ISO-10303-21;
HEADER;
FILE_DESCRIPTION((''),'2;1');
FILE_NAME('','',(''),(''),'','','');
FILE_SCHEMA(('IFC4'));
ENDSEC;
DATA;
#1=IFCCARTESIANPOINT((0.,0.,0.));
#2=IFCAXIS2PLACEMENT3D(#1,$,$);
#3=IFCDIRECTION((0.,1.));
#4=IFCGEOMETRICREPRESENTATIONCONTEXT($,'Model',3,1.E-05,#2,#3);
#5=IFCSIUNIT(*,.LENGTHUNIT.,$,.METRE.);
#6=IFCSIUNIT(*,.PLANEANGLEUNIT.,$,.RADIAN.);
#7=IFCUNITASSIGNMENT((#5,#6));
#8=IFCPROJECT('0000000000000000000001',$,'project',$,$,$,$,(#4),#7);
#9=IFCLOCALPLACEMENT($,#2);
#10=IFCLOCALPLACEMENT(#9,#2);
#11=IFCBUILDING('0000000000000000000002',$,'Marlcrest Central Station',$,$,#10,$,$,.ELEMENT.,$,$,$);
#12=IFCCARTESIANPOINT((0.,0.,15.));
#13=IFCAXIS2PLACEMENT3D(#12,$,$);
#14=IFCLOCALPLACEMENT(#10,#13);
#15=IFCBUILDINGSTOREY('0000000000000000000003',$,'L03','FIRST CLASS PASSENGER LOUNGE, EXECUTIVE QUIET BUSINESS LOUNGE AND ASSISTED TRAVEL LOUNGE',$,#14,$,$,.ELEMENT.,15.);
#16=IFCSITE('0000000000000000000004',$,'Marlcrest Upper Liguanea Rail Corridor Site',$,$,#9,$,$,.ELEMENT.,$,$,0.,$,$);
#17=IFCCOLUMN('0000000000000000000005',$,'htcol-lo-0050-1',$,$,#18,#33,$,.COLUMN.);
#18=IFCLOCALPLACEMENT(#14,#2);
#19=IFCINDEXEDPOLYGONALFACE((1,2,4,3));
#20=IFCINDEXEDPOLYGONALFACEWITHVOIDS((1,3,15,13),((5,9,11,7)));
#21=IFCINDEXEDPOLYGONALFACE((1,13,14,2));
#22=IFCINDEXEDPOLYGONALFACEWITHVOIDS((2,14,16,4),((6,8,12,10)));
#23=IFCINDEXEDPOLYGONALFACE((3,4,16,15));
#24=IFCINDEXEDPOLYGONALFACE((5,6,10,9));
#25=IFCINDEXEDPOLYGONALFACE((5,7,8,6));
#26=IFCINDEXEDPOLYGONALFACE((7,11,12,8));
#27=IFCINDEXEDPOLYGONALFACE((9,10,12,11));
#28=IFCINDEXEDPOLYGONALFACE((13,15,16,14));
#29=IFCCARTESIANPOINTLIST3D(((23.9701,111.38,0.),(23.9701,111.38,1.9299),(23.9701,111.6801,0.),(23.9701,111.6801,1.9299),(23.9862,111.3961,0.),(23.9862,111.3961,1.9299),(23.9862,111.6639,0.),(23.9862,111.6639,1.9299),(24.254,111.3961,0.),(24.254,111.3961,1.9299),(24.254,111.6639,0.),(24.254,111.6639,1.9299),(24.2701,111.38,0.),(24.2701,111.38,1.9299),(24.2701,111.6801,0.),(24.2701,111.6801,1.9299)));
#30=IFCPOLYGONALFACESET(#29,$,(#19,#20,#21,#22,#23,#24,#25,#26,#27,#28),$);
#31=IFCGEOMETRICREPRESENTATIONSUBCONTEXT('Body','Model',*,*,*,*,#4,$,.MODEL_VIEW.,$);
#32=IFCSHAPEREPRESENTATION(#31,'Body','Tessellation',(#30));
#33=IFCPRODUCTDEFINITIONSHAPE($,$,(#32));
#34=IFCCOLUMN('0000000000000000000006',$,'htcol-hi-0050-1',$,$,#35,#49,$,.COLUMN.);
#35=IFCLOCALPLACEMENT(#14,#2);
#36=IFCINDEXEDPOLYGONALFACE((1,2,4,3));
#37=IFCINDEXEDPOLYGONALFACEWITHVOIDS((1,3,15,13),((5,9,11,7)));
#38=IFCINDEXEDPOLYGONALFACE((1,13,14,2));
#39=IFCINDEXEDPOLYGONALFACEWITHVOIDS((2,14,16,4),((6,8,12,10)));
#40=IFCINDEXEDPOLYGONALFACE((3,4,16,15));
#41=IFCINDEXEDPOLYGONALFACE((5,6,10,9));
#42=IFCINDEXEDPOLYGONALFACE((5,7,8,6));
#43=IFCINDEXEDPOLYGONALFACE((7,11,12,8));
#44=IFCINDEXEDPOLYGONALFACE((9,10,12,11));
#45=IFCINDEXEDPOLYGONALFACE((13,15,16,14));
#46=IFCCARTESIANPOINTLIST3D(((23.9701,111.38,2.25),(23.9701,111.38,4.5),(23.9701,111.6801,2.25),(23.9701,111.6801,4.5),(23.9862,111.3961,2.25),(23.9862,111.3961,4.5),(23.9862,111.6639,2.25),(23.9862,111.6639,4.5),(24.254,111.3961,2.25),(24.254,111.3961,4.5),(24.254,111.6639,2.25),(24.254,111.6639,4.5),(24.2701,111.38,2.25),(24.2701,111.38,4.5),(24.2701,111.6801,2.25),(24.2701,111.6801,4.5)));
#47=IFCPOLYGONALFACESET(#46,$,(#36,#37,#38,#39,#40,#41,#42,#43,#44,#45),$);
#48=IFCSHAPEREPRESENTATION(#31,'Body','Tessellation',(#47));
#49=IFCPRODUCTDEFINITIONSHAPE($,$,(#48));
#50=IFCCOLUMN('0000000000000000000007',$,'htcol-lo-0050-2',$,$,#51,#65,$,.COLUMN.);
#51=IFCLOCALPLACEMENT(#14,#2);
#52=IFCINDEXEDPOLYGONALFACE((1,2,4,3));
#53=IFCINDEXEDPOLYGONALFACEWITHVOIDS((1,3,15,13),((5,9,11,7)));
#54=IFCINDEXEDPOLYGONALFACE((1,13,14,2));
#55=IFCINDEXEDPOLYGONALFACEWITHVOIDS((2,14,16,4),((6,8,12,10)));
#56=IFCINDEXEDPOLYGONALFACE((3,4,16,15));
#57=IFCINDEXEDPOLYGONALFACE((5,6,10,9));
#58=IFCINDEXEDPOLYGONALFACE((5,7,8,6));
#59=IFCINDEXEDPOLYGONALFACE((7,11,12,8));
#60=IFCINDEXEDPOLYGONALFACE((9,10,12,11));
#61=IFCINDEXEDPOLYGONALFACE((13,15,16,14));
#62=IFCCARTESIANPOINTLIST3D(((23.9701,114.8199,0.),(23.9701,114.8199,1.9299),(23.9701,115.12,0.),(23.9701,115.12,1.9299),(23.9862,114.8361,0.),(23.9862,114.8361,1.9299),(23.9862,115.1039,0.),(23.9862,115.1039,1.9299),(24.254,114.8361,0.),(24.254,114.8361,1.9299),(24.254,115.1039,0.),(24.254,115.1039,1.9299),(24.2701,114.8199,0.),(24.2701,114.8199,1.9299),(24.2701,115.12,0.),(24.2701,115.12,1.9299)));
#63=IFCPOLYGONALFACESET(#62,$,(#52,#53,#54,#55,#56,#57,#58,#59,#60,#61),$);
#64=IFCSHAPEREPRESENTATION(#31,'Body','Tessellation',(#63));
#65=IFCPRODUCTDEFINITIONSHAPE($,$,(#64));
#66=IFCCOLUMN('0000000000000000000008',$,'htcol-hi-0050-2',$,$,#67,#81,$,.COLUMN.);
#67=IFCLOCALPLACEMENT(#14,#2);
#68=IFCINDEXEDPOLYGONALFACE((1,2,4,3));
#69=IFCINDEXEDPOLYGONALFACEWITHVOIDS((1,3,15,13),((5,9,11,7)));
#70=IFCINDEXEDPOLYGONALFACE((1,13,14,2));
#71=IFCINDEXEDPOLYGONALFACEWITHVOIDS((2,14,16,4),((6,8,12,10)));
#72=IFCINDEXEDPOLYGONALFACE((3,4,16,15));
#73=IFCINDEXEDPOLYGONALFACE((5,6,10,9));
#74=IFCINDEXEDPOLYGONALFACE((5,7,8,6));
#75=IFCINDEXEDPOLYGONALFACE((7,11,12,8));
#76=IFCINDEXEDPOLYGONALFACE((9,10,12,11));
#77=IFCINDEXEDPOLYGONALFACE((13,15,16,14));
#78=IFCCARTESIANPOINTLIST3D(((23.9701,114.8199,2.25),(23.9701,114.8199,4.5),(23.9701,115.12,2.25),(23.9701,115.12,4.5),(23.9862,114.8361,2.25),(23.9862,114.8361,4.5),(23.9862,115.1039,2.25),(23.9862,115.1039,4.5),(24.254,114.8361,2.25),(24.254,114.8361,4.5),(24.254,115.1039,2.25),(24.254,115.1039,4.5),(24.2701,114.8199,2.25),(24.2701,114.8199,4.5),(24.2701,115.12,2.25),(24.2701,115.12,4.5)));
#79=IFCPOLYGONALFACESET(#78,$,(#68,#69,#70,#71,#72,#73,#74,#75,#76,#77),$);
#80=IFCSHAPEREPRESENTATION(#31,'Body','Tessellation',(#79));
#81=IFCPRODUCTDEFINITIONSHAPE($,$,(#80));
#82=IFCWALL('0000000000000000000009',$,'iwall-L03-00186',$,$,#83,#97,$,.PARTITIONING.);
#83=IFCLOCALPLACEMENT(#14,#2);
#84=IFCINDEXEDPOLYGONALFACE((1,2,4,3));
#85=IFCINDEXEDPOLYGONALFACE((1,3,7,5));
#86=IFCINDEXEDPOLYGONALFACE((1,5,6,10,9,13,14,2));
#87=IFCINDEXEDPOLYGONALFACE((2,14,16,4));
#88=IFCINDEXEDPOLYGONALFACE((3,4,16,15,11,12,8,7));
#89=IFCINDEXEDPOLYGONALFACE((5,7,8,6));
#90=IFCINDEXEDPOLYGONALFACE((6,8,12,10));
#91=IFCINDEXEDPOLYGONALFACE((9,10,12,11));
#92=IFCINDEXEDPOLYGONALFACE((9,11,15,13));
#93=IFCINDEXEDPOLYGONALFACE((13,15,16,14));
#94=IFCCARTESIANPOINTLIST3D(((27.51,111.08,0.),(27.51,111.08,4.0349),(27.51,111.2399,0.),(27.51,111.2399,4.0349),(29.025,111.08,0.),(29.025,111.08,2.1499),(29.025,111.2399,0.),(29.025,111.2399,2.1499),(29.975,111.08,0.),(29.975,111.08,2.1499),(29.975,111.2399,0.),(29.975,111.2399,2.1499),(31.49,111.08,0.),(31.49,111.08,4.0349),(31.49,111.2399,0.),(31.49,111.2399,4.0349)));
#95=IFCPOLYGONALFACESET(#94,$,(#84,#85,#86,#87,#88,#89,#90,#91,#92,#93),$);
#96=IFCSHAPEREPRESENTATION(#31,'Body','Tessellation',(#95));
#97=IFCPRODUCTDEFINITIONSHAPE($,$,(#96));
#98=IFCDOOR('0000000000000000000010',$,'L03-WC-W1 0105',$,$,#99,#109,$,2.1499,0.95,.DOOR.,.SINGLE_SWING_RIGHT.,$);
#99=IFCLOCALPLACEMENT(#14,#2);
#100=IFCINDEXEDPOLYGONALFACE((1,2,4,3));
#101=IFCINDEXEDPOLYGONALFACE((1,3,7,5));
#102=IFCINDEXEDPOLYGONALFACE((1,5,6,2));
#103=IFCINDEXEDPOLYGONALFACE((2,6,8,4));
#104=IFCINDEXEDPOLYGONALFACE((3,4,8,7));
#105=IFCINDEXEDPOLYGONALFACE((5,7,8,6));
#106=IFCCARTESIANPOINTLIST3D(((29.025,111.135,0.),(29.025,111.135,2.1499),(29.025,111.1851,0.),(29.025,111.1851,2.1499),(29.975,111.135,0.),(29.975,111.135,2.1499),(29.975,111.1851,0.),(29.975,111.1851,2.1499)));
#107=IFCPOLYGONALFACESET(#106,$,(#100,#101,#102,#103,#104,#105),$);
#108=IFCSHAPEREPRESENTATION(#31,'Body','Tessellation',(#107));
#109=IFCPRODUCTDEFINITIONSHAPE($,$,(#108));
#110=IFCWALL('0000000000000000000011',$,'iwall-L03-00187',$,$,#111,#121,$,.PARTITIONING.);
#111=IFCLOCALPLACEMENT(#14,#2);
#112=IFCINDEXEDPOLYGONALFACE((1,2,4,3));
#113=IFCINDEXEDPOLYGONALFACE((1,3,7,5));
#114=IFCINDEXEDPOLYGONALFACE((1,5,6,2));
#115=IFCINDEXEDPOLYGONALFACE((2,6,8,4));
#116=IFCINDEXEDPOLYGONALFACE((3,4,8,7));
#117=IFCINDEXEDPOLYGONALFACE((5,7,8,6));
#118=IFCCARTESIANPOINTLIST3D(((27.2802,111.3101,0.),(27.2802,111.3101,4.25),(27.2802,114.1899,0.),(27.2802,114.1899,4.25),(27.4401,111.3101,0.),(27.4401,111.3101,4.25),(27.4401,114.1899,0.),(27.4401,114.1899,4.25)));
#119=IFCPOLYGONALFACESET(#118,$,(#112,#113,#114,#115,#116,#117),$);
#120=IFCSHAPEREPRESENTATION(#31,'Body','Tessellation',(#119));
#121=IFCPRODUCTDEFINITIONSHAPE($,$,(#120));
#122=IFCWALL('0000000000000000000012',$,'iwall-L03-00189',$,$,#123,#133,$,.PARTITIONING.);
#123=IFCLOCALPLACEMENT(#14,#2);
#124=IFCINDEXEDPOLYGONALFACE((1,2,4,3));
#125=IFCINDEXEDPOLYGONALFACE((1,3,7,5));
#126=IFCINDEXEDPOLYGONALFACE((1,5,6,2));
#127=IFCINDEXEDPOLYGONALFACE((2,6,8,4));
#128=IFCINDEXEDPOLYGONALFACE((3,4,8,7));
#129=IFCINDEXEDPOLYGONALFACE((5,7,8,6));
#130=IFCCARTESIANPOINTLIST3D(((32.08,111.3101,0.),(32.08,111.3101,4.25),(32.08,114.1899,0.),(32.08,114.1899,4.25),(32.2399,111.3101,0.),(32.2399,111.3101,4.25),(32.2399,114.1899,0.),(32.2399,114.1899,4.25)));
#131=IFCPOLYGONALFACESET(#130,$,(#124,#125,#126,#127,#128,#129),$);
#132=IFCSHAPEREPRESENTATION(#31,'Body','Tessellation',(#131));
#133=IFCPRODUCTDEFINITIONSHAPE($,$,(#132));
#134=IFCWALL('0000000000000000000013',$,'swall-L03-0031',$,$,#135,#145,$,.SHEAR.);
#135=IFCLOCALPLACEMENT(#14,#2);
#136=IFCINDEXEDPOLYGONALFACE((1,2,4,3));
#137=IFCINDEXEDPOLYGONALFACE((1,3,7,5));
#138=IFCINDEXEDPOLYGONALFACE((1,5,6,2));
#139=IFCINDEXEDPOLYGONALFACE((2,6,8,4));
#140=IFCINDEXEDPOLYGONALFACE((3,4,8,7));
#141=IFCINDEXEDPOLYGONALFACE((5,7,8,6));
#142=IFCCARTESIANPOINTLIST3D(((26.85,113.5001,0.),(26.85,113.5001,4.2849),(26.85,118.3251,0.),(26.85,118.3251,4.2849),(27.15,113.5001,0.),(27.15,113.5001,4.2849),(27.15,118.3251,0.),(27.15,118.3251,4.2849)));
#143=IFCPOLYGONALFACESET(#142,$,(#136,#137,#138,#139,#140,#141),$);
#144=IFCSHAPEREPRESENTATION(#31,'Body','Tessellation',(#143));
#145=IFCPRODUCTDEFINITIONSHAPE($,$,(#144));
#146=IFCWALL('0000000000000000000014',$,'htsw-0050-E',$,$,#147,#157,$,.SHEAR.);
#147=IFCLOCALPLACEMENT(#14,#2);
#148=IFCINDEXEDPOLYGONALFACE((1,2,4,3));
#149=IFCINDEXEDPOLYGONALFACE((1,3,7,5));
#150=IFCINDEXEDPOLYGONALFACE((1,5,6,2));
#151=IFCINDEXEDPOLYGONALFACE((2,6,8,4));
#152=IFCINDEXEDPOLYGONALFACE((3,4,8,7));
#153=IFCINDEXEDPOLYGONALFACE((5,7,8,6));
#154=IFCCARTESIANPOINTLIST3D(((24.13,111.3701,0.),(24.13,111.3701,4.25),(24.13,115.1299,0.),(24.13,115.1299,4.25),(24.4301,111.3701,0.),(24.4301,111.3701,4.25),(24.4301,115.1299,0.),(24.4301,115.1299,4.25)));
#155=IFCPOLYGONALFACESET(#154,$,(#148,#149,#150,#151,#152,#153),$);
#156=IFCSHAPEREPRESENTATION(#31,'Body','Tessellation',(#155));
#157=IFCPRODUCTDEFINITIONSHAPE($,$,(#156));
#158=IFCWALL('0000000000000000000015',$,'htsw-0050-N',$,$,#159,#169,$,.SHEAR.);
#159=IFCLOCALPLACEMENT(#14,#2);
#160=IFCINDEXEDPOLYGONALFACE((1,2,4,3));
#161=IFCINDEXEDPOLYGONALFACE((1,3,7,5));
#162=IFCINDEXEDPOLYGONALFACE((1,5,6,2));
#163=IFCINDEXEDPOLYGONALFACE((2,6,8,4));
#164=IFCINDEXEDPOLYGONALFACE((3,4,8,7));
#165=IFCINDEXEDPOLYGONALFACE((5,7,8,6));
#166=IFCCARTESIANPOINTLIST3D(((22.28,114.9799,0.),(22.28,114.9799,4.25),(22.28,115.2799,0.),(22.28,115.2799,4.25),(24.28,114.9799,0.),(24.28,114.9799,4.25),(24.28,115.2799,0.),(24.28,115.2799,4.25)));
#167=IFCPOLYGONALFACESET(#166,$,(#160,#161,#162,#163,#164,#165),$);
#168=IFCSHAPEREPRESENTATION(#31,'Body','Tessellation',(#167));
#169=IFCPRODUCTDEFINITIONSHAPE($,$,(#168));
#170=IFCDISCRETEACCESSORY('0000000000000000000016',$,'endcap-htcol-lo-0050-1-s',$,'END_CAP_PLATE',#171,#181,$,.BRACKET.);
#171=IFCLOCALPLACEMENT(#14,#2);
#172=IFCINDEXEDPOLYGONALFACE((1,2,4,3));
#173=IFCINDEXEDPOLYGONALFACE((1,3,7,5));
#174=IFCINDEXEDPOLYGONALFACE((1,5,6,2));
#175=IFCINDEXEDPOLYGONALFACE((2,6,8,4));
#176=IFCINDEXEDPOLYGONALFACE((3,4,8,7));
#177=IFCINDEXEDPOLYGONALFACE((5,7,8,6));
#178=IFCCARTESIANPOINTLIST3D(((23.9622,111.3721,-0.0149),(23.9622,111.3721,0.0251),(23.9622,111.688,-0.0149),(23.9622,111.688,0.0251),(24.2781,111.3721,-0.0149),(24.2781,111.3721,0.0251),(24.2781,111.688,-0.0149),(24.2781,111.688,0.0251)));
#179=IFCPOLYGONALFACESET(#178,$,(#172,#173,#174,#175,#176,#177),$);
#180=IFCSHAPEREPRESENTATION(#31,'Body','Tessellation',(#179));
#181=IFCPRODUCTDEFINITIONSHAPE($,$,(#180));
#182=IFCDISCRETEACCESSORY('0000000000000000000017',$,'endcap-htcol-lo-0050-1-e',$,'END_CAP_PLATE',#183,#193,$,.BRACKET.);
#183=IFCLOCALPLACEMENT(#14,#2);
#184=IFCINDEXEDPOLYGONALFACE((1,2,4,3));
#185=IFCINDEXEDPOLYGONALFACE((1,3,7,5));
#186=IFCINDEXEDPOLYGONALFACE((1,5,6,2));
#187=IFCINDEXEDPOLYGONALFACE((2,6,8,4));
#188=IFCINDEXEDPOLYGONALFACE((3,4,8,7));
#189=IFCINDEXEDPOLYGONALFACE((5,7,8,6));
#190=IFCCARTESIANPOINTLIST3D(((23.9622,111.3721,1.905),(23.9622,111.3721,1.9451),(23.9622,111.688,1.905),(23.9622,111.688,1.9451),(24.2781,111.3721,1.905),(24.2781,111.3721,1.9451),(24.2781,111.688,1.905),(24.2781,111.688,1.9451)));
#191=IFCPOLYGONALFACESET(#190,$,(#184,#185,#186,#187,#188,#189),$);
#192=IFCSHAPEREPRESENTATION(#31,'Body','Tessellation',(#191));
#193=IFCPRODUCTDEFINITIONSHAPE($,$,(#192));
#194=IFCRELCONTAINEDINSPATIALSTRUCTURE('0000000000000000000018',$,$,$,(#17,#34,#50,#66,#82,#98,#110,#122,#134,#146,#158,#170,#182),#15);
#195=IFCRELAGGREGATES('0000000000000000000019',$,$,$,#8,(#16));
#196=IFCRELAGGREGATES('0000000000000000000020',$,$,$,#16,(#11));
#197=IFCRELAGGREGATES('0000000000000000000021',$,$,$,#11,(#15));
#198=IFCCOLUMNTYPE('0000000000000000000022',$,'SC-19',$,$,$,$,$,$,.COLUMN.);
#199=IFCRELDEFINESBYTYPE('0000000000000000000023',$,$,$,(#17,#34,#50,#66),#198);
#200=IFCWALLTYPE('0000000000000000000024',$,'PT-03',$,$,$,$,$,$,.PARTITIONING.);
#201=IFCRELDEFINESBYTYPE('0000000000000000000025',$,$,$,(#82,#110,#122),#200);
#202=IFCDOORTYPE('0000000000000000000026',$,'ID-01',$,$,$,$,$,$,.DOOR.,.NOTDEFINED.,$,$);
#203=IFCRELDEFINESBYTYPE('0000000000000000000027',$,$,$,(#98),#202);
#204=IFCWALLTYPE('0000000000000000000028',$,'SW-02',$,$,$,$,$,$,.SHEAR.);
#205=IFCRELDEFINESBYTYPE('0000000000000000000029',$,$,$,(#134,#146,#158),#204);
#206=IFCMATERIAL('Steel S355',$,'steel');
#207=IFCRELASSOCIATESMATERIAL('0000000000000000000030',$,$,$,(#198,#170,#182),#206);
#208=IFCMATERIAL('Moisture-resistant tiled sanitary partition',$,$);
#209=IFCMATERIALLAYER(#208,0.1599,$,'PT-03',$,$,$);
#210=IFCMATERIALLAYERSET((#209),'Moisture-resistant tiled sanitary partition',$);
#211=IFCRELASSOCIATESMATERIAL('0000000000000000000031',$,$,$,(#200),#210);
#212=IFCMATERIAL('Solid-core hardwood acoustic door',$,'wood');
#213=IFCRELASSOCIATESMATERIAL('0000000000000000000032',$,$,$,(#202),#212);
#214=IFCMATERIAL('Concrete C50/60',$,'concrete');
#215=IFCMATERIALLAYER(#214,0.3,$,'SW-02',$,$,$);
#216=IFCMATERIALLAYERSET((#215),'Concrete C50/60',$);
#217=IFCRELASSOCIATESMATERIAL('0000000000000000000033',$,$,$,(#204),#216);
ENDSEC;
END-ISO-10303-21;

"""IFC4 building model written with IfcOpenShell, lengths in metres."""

from ifc_helpers import new_model, si_unit, direction, frame, frame_2d, origin, origin_2d, place, context, subcontext, project, spatial, rectangle, hollow_rectangle, extrude, material, layer, layer_set, material_profile, profile_set, type_object, element, fill, save


model = new_model("IFC4")

# Units and contexts
model_context = context("Model", 3, precision=1e-05, world=origin(), true_north=direction((0.0, 1.0)))
body_context = subcontext(model_context, "Body", "Model", "MODEL_VIEW")
ifc_project = project(units=[si_unit("LENGTHUNIT", "METRE"), si_unit("PLANEANGLEUNIT", "RADIAN")], contexts=[model_context])

# Site, building, storey
site_placement = place(None, origin())
site = spatial("IfcSite", under=ifc_project, at=site_placement, Name="Marlcrest Upper Liguanea Rail Corridor Site", CompositionType="ELEMENT", RefElevation=0.0)
building_placement = place(site_placement, origin())
building = spatial("IfcBuilding", under=site, at=building_placement, Name="Marlcrest Central Station", CompositionType="ELEMENT")
storey_placement = place(building_placement, frame((0.0, 0.0, 15.0)))
storey = spatial("IfcBuildingStorey", under=building, at=storey_placement, Name="L03", Description="FIRST CLASS PASSENGER LOUNGE, EXECUTIVE QUIET BUSINESS LOUNGE AND ASSISTED TRAVEL LOUNGE", CompositionType="ELEMENT", Elevation=15.0)

# Columns
ifc_material_1 = material(Name="Steel S355", Category="steel")
ifc_material_profile = material_profile(ifc_material_1, hollow_rectangle(XDim=0.3, YDim=0.3, WallThickness=0.0161, at=origin_2d()), Name="SHS 300x300x16")
ifc_profile_set = profile_set([ifc_material_profile], Name="Steel S355")
column_type = type_object("IfcColumnType", Name="SC-19", PredefinedType="COLUMN", material=ifc_profile_set)
column_1_placement = place(storey_placement, frame((24.1201, 111.53, 0.0), z_axis=(0.0, 0.0, 1.0), x_axis=(1.0, 0.0, 0.0)))
element("IfcColumn", 1, at=column_1_placement, inside=storey, type_object=column_type, Name="htcol-lo-0050-1", PredefinedType="COLUMN", context=body_context, shape_type="SweptSolid", body=[
    extrude(hollow_rectangle(XDim=0.3, YDim=0.3, WallThickness=0.0161, at=origin_2d()), origin(), (0.0, 0.0, 1.0), 1.9299),
])
column_2_placement = place(storey_placement, frame((24.1201, 111.53, 2.25), z_axis=(0.0, 0.0, 1.0), x_axis=(1.0, 0.0, 0.0)))
element("IfcColumn", 2, at=column_2_placement, inside=storey, type_object=column_type, Name="htcol-hi-0050-1", PredefinedType="COLUMN", context=body_context, shape_type="SweptSolid", body=[
    extrude(hollow_rectangle(XDim=0.3, YDim=0.3, WallThickness=0.0161, at=origin_2d()), origin(), (0.0, 0.0, 1.0), 2.25),
])
column_3_placement = place(storey_placement, frame((24.1201, 114.97, 0.0), z_axis=(0.0, 0.0, 1.0), x_axis=(1.0, 0.0, 0.0)))
element("IfcColumn", 3, at=column_3_placement, inside=storey, type_object=column_type, Name="htcol-lo-0050-2", PredefinedType="COLUMN", context=body_context, shape_type="SweptSolid", body=[
    extrude(hollow_rectangle(XDim=0.3, YDim=0.3, WallThickness=0.0161, at=origin_2d()), origin(), (0.0, 0.0, 1.0), 1.9299),
])
column_4_placement = place(storey_placement, frame((24.1201, 114.97, 2.25), z_axis=(0.0, 0.0, 1.0), x_axis=(1.0, 0.0, 0.0)))
element("IfcColumn", 4, at=column_4_placement, inside=storey, type_object=column_type, Name="htcol-hi-0050-2", PredefinedType="COLUMN", context=body_context, shape_type="SweptSolid", body=[
    extrude(hollow_rectangle(XDim=0.3, YDim=0.3, WallThickness=0.0161, at=origin_2d()), origin(), (0.0, 0.0, 1.0), 2.25),
])

# Wall, opening, door
ifc_material_2 = material(Name="Moisture-resistant tiled sanitary partition")
ifc_layer_1 = layer(ifc_material_2, 0.1599, Name="PT-03")
ifc_layer_set_1 = layer_set([ifc_layer_1], Name="Moisture-resistant tiled sanitary partition")
wall_type_1 = type_object("IfcWallType", Name="PT-03", PredefinedType="PARTITIONING", material=ifc_layer_set_1)
wall_1_placement = place(storey_placement, frame((31.49, 111.1599, 0.0), z_axis=(0.0, 0.0, 1.0), x_axis=(-1.0, 0.0, 0.0)))
wall_1 = element("IfcWall", 5, at=wall_1_placement, inside=storey, type_object=wall_type_1, Name="iwall-L03-00186", PredefinedType="PARTITIONING", context=body_context, shape_type="SweptSolid", body=[
    extrude(rectangle(XDim=3.98, YDim=0.1599, at=frame_2d((1.99, 0.0))), origin(), (0.0, 0.0, 1.0), 4.0349),
])
opening_placement = place(wall_1_placement, frame((1.5149, 0.0, 0.0)))
opening = element("IfcOpeningElement", 6, at=opening_placement, cuts=wall_1, PredefinedType="OPENING", context=body_context, shape_type="SweptSolid", body=[
    extrude(rectangle(XDim=0.95, YDim=2.1499, at=frame_2d((0.4751, 1.075))), frame((0.0, 0.0898, 0.0), z_axis=(0.0, -1.0, 0.0), x_axis=(1.0, 0.0, 0.0)), (0.0, 0.0, 1.0), 0.1799),
])
ifc_material_3 = material(Name="Solid-core hardwood acoustic door", Category="wood")
door_type = type_object("IfcDoorType", Name="ID-01", OperationType="NOTDEFINED", PredefinedType="DOOR", material=ifc_material_3)
door_placement = place(opening_placement, origin())
door = element("IfcDoor", 7, at=door_placement, inside=storey, type_object=door_type, Name="L03-WC-W1 0105", OperationType="SINGLE_SWING_RIGHT", OverallHeight=2.1499, OverallWidth=0.95, PredefinedType="DOOR", context=body_context, shape_type="SweptSolid", body=[
    extrude(rectangle(XDim=0.95, YDim=2.1499, at=frame_2d((0.4751, 1.075))), frame((0.0, 0.0249, 0.0), z_axis=(0.0, -1.0, 0.0), x_axis=(1.0, 0.0, 0.0)), (0.0, 0.0, 1.0), 0.05),
])
fill(opening, door)

# Walls
for number, where, z_axis, x_axis, name in (
    (8, (27.3601, 111.3101, 0.0), (0.0, 0.0, 1.0), (0.0, 1.0, 0.0), "iwall-L03-00187"),
    (9, (32.1599, 111.3101, 0.0), (0.0, 0.0, 1.0), (0.0, 1.0, 0.0), "iwall-L03-00189"),
):
    element("IfcWall", number, at=place(storey_placement, frame(where, z_axis=z_axis, x_axis=x_axis)), inside=storey, type_object=wall_type_1, Name=name, PredefinedType="PARTITIONING", context=body_context, shape_type="SweptSolid", body=[
        extrude(rectangle(XDim=2.8799, YDim=0.1599, at=frame_2d((1.4399, 0.0))), origin(), (0.0, 0.0, 1.0), 4.25),
    ])
ifc_material_4 = material(Name="Concrete C50/60", Category="concrete")
ifc_layer_2 = layer(ifc_material_4, 0.3, Name="SW-02")
ifc_layer_set_2 = layer_set([ifc_layer_2], Name="Concrete C50/60")
wall_type_2 = type_object("IfcWallType", Name="SW-02", PredefinedType="SHEAR", material=ifc_layer_set_2)
wall_2_placement = place(storey_placement, frame((27.0, 113.5, 0.0), z_axis=(0.0, 0.0, 1.0), x_axis=(0.0, 1.0, 0.0)))
element("IfcWall", 10, at=wall_2_placement, inside=storey, type_object=wall_type_2, Name="swall-L03-0031", PredefinedType="SHEAR", context=body_context, shape_type="SweptSolid", body=[
    extrude(rectangle(XDim=4.825, YDim=0.3, at=frame_2d((2.4126, 0.0))), origin(), (0.0, 0.0, 1.0), 4.2849),
])
wall_3_placement = place(storey_placement, frame((24.28, 111.3701, 0.0), z_axis=(0.0, 0.0, 1.0), x_axis=(0.0, 1.0, 0.0)))
element("IfcWall", 11, at=wall_3_placement, inside=storey, type_object=wall_type_2, Name="htsw-0050-E", PredefinedType="SHEAR", context=body_context, shape_type="SweptSolid", body=[
    extrude(rectangle(XDim=3.7598, YDim=0.3, at=frame_2d((1.8799, 0.0))), origin(), (0.0, 0.0, 1.0), 4.25),
])
wall_4_placement = place(storey_placement, frame((24.28, 115.1299, 0.0), z_axis=(0.0, 0.0, 1.0), x_axis=(-1.0, 0.0, 0.0)))
element("IfcWall", 12, at=wall_4_placement, inside=storey, type_object=wall_type_2, Name="htsw-0050-N", PredefinedType="SHEAR", context=body_context, shape_type="SweptSolid", body=[
    extrude(rectangle(XDim=2.0, YDim=0.3, at=frame_2d((1.0, 0.0))), origin(), (0.0, 0.0, 1.0), 4.25),
])

# Discrete accessories
for number, where, z_axis, x_axis, name in (
    (13, (24.1201, 111.53, -0.0149), (0.0, 0.0, 1.0), (1.0, 0.0, 0.0), "endcap-htcol-lo-0050-1-s"),
    (14, (24.1201, 111.53, 1.905), (0.0, 0.0, 1.0), (1.0, 0.0, 0.0), "endcap-htcol-lo-0050-1-e"),
):
    element("IfcDiscreteAccessory", number, at=place(storey_placement, frame(where, z_axis=z_axis, x_axis=x_axis)), inside=storey, material=ifc_material_1, Name=name, ObjectType="END_CAP_PLATE", PredefinedType="BRACKET", context=body_context, shape_type="SweptSolid", body=[
        extrude(rectangle(XDim=0.3159, YDim=0.3159, at=origin_2d()), origin(), (0.0, 0.0, 1.0), 0.04),
    ])

save(model, "model.ifc")
